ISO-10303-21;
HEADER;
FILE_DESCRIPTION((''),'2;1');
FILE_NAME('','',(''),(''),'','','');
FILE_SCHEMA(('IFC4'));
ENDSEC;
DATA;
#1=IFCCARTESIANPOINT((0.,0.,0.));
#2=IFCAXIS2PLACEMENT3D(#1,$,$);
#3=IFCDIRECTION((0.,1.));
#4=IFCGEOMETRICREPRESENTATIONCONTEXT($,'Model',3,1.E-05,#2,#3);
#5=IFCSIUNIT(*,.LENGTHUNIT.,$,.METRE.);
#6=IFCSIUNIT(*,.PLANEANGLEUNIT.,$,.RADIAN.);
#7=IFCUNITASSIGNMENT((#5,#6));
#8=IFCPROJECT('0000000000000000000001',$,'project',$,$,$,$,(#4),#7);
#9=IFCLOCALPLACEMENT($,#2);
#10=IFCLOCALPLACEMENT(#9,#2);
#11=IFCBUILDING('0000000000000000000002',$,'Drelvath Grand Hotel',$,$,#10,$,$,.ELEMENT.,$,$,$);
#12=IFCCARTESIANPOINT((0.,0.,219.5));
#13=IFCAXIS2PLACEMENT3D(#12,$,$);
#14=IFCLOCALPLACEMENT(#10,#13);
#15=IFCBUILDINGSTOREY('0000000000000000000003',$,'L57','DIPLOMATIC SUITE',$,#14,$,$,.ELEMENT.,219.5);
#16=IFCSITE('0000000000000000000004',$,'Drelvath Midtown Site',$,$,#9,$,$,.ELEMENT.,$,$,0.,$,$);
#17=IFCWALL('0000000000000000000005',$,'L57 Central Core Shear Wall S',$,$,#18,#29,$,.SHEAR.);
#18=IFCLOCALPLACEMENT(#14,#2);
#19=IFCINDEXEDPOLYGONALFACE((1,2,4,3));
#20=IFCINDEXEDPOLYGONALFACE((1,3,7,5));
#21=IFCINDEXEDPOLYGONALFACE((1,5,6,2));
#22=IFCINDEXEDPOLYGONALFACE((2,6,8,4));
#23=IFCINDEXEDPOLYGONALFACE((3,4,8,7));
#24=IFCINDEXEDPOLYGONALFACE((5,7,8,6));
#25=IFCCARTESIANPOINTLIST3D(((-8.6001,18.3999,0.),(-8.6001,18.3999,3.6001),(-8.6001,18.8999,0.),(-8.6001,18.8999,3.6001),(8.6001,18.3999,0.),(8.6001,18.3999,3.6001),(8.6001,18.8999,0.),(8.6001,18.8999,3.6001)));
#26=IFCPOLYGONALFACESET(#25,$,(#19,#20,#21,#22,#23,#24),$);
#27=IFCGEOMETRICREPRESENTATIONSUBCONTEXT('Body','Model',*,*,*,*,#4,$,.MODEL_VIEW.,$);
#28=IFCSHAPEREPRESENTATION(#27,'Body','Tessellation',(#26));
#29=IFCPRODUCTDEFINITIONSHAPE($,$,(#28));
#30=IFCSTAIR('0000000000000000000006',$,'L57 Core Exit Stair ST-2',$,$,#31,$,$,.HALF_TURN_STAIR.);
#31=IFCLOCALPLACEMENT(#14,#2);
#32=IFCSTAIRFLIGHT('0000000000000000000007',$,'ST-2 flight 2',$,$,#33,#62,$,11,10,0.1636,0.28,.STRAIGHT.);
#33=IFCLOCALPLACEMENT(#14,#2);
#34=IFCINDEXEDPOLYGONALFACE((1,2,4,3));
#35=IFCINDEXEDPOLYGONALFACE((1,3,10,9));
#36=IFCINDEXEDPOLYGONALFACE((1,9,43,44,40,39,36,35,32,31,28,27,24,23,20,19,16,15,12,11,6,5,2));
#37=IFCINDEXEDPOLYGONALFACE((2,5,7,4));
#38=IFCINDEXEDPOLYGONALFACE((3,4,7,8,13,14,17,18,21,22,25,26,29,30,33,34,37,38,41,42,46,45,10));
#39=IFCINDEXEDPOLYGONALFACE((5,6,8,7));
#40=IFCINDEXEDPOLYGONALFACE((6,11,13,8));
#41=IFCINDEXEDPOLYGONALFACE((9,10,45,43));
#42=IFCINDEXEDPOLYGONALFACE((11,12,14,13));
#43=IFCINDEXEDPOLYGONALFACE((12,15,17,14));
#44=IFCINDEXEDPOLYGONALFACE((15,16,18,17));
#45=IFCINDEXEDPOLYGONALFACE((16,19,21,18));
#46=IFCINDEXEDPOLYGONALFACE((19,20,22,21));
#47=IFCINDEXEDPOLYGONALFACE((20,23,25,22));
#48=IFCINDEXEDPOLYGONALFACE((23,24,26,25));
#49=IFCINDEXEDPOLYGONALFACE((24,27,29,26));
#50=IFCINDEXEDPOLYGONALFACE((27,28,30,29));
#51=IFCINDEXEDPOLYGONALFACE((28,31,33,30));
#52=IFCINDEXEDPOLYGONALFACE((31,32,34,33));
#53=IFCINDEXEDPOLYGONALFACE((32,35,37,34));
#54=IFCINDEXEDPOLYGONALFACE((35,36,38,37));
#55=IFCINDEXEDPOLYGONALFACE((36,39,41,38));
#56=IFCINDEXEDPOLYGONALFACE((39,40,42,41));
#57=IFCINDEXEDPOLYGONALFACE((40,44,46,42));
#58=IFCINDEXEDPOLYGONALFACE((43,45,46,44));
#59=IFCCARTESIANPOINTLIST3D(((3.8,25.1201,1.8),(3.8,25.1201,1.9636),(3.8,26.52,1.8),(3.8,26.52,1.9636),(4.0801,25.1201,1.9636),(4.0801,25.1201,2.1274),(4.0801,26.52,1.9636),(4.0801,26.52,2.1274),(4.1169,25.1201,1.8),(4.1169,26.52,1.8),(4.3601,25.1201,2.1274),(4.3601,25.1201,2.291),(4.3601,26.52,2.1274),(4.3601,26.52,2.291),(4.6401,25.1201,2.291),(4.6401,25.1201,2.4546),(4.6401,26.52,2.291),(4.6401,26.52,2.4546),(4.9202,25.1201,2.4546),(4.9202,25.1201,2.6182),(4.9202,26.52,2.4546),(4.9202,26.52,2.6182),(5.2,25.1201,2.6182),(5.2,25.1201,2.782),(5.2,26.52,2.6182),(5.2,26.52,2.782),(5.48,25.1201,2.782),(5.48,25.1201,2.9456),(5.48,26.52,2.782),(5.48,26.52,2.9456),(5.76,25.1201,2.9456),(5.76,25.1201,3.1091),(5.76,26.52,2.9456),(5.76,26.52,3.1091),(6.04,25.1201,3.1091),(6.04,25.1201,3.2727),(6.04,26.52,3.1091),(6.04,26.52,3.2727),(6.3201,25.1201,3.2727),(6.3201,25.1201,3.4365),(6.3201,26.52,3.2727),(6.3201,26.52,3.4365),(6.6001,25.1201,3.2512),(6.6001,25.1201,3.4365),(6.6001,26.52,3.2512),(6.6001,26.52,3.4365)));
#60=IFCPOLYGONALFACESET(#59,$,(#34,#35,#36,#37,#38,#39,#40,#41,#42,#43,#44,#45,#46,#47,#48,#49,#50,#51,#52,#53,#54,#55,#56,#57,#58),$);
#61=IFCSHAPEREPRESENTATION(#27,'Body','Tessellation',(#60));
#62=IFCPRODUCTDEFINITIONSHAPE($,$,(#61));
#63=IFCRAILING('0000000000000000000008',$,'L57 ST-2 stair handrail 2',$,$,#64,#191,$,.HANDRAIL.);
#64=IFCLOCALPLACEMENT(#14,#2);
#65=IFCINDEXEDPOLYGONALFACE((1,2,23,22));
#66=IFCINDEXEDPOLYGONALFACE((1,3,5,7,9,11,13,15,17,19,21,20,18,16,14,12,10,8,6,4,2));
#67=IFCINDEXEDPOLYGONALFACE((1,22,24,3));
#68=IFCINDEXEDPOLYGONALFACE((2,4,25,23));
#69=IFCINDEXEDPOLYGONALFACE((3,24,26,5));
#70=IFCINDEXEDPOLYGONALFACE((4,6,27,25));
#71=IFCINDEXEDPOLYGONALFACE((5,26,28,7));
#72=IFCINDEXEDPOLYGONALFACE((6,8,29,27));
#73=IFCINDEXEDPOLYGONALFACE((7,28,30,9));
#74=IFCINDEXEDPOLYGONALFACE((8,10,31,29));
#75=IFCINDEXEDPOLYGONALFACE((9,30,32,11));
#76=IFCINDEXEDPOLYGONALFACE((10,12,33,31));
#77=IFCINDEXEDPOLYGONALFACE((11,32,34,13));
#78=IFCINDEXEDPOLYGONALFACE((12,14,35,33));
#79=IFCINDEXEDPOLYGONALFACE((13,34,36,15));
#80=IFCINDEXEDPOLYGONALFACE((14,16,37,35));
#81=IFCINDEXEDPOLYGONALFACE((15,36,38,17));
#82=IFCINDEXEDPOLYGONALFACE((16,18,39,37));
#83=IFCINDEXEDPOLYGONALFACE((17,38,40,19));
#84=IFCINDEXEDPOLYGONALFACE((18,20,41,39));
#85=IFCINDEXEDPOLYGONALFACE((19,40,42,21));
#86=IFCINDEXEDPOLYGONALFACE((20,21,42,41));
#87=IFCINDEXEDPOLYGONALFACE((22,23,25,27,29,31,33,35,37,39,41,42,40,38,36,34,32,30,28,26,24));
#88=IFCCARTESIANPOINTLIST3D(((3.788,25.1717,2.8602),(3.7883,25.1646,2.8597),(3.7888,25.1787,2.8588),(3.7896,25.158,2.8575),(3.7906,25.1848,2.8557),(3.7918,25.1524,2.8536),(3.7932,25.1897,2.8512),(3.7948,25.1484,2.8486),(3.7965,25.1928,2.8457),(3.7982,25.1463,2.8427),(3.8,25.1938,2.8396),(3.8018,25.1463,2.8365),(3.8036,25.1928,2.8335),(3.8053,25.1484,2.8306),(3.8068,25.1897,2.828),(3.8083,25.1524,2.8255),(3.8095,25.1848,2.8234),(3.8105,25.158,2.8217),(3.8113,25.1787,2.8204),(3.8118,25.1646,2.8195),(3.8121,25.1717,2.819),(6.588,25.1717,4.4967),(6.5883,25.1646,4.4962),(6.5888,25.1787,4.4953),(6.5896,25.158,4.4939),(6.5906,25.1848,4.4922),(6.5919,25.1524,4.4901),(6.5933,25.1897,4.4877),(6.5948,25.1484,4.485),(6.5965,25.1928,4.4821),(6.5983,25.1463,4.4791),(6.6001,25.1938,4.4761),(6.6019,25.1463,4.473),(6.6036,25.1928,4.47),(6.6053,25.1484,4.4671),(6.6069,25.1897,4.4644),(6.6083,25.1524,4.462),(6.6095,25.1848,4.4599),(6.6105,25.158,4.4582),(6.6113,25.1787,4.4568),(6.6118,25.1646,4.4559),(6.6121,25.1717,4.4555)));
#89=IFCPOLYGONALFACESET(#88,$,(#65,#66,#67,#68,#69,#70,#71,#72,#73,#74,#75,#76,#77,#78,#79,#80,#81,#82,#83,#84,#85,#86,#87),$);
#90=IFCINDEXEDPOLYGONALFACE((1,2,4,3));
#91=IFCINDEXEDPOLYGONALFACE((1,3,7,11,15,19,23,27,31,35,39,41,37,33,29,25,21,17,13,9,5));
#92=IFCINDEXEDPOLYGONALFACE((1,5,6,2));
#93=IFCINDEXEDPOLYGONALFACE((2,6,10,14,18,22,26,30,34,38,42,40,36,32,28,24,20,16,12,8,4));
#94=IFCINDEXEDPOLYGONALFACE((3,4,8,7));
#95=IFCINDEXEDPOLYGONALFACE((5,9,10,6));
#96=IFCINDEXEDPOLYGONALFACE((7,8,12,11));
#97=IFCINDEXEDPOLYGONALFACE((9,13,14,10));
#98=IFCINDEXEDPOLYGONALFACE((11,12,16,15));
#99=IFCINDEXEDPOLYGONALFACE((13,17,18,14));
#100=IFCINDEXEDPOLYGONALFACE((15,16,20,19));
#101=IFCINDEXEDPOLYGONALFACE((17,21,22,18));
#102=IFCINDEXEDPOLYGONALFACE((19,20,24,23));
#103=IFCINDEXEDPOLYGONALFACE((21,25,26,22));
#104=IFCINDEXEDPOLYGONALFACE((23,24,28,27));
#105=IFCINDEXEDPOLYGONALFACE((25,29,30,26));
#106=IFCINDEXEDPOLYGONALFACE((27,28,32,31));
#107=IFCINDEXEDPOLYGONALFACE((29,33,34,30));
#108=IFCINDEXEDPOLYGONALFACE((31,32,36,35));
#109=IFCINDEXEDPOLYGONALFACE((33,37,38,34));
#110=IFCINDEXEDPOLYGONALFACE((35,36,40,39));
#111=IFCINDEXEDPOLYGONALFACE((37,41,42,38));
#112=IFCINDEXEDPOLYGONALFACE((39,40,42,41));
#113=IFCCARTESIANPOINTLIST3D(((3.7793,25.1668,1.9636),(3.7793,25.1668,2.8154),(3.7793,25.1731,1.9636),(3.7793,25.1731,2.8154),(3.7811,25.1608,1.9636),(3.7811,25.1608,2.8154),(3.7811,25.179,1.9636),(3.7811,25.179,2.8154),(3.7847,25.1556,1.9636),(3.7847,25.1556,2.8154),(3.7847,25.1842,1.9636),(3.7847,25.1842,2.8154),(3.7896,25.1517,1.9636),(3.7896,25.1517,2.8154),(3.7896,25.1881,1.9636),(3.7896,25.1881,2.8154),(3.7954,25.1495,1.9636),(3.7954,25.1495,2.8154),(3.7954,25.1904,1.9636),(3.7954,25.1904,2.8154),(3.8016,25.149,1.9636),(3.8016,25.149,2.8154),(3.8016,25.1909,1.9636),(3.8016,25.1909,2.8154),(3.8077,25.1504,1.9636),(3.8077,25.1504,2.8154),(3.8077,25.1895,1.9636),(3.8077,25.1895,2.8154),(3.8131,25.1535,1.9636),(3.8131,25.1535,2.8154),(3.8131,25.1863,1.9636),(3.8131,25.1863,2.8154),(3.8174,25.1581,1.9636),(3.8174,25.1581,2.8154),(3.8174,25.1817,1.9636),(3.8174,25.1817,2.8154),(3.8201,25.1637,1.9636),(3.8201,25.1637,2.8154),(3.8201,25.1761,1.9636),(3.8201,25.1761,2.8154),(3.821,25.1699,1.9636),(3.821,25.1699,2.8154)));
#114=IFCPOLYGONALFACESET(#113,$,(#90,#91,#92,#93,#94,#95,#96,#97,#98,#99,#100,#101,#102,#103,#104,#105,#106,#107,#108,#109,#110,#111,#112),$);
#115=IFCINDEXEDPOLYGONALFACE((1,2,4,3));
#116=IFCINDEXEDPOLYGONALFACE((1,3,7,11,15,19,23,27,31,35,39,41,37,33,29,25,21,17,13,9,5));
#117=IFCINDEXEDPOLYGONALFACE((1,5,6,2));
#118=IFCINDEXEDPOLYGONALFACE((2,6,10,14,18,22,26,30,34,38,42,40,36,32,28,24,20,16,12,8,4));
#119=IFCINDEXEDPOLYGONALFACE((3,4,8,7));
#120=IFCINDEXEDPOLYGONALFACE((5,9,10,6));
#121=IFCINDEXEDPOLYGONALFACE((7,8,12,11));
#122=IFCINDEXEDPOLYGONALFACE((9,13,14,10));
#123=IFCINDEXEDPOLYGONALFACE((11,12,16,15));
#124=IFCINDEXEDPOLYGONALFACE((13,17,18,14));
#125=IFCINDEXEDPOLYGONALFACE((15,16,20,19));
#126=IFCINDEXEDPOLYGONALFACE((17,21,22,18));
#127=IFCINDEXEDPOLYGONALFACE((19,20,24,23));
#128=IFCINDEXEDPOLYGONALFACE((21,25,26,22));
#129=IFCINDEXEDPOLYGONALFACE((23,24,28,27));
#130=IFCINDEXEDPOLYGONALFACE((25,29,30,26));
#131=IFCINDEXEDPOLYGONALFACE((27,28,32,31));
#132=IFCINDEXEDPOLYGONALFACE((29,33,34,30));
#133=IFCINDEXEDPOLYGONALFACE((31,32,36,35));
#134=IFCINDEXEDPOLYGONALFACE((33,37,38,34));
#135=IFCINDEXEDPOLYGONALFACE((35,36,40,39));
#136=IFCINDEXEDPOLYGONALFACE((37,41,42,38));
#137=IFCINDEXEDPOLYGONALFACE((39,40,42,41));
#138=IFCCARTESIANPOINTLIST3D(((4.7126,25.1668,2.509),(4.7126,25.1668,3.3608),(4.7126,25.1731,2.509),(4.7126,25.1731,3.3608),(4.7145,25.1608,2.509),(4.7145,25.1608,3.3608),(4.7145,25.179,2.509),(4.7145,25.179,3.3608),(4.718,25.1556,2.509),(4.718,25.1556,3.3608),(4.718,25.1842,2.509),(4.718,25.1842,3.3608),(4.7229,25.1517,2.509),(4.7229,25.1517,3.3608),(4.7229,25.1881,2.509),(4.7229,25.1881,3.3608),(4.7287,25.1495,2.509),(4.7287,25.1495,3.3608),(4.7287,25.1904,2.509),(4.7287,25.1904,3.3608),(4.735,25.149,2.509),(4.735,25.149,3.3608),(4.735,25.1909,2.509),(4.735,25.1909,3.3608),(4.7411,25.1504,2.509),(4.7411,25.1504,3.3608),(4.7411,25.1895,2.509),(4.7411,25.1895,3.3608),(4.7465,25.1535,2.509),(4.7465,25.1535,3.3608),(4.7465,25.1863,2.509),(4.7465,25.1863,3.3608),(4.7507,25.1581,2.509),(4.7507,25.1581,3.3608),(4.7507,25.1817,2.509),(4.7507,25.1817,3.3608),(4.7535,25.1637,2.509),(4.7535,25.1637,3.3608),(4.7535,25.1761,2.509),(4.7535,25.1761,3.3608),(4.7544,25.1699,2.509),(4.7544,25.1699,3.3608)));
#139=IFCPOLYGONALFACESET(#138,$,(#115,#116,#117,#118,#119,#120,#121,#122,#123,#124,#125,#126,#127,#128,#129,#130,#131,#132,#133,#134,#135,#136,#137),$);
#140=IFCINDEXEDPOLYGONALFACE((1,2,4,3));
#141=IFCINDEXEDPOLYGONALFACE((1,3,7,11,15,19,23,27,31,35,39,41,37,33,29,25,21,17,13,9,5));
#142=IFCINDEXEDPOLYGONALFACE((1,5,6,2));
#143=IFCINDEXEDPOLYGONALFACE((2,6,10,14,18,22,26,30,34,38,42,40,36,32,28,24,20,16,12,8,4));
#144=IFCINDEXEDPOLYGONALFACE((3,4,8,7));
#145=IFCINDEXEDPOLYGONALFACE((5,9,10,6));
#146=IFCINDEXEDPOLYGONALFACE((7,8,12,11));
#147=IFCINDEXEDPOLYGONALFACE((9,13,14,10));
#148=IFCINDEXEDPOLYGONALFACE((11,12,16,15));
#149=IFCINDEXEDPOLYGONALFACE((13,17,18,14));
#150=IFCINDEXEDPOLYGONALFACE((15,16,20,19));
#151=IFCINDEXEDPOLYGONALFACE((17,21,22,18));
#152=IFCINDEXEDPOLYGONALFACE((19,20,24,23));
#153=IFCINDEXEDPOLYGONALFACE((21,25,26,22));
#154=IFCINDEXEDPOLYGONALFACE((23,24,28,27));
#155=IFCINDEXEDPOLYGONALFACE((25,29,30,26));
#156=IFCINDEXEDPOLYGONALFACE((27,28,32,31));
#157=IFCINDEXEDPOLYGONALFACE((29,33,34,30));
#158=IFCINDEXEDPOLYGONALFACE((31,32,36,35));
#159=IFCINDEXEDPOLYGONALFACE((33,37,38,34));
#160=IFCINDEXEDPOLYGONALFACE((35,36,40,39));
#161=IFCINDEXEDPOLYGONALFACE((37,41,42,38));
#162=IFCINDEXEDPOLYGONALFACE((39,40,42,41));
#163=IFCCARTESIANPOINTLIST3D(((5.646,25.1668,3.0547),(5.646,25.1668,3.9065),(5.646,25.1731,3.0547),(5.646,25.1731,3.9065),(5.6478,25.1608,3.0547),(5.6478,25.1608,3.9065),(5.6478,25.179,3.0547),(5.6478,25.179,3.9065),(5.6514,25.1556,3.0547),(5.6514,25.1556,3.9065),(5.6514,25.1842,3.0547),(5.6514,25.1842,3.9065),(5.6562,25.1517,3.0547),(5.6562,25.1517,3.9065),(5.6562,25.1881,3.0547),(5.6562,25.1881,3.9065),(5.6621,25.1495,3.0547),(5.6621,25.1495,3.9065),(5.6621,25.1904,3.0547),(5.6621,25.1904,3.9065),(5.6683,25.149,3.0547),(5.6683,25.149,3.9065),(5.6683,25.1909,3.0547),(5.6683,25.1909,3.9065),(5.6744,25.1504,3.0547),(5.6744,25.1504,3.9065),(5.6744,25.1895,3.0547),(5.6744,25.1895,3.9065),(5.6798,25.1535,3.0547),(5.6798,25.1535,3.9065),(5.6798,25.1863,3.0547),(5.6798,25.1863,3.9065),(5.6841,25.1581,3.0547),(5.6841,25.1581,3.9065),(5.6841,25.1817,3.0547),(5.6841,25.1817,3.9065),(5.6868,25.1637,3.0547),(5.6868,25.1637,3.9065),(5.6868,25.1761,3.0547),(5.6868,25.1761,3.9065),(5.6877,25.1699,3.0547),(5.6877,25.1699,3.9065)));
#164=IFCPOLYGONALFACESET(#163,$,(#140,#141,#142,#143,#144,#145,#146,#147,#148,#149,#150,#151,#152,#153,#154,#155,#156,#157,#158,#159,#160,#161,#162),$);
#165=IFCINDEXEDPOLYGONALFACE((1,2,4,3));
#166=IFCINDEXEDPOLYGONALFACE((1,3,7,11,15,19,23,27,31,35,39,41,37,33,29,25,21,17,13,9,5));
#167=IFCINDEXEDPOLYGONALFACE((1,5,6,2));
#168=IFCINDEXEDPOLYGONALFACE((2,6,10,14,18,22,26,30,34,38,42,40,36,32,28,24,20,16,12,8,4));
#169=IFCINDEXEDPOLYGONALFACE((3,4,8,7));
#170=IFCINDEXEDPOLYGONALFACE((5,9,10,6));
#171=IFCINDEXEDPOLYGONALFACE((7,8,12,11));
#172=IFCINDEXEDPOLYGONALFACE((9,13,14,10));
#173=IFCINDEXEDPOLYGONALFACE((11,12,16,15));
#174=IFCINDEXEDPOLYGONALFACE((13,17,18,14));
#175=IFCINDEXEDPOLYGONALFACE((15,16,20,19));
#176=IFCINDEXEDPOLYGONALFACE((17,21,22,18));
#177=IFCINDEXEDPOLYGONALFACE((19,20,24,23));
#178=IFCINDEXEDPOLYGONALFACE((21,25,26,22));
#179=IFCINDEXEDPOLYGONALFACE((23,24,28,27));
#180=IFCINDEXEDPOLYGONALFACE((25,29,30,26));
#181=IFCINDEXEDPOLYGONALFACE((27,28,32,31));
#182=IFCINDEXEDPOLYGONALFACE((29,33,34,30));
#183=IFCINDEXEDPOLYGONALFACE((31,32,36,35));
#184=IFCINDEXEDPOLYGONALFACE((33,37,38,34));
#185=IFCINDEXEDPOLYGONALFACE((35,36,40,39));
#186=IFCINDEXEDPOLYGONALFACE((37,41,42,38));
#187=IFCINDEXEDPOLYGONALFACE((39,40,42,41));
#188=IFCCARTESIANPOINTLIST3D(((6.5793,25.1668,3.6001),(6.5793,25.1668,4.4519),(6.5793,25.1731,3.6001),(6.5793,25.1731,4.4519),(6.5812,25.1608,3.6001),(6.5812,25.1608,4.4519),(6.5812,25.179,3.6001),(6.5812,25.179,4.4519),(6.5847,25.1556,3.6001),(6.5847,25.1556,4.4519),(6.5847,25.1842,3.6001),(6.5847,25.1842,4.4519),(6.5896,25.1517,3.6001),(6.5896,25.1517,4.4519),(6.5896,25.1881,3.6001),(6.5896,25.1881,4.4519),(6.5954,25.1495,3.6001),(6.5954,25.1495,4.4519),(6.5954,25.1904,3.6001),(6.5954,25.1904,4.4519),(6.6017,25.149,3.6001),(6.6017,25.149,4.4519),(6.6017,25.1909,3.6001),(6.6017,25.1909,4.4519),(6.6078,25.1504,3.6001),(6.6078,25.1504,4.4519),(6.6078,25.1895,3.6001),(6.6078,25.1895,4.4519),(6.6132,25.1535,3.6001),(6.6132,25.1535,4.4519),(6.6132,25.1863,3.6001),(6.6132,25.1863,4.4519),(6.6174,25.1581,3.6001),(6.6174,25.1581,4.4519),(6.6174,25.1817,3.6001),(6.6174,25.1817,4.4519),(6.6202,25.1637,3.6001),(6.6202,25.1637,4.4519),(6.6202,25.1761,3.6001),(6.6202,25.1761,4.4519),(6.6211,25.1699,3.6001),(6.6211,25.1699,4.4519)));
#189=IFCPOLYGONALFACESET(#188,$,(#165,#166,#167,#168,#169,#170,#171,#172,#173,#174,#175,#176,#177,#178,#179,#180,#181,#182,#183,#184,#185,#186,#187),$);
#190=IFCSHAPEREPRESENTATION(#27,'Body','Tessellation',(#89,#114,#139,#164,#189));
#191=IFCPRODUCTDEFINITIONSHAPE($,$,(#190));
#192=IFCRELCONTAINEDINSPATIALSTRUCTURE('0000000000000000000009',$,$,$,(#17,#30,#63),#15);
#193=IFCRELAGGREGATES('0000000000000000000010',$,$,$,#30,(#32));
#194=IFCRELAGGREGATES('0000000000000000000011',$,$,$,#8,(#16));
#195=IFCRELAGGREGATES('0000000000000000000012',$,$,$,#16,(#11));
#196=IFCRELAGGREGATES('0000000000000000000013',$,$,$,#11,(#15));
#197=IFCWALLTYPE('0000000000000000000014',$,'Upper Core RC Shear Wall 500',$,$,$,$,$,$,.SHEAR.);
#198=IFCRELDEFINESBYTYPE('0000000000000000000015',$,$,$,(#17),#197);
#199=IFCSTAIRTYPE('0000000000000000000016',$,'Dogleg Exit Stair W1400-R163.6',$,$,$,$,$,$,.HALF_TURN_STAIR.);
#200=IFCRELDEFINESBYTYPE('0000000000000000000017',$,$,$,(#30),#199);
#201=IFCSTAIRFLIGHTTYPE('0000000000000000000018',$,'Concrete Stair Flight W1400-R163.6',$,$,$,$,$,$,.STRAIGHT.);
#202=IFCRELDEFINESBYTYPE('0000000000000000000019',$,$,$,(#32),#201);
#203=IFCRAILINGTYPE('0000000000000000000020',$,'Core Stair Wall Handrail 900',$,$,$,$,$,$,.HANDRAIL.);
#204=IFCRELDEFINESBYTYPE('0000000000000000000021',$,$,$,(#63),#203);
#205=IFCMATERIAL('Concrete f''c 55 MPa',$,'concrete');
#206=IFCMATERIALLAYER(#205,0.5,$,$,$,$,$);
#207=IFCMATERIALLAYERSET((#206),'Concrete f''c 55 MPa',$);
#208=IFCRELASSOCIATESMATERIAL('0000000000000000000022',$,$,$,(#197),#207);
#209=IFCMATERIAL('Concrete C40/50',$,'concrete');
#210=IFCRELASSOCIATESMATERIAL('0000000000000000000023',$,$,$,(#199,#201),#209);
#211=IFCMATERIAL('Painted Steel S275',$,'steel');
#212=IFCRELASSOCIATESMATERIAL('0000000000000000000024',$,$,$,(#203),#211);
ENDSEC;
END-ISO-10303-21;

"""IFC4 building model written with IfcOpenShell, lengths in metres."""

from ifc_helpers import new_model, si_unit, direction, frame, frame_2d, origin, origin_2d, place, context, subcontext, project, spatial, polyline, rectangle, circle, outline, extrude, material, layer, layer_set, type_object, element, aggregate, save


model = new_model("IFC4")

# Units and contexts
model_context = context("Model", 3, precision=1e-05, world=origin(), true_north=direction((0.0, 1.0)))
body_context = subcontext(model_context, "Body", "Model", "MODEL_VIEW")
ifc_project = project(units=[si_unit("LENGTHUNIT", "METRE"), si_unit("PLANEANGLEUNIT", "RADIAN")], contexts=[model_context])

# Site, building, storey
site_placement = place(None, origin())
site = spatial("IfcSite", under=ifc_project, at=site_placement, Name="Drelvath Midtown Site", CompositionType="ELEMENT", RefElevation=0.0)
building_placement = place(site_placement, origin())
building = spatial("IfcBuilding", under=site, at=building_placement, Name="Drelvath Grand Hotel", CompositionType="ELEMENT")
storey_placement = place(building_placement, frame((0.0, 0.0, 219.5)))
storey = spatial("IfcBuildingStorey", under=building, at=storey_placement, Name="L57", Description="DIPLOMATIC SUITE", CompositionType="ELEMENT", Elevation=219.5)

# Shared definitions
ifc_material_1 = material(Name="Concrete f'c 55 MPa", Category="concrete")

# Shared definitions
ifc_material_2 = material(Name="Concrete C40/50", Category="concrete")

# Wall
ifc_layer_1 = layer(ifc_material_1, 0.5)
ifc_layer_set_1 = layer_set([ifc_layer_1], Name="Concrete f'c 55 MPa")
wall_type_1 = type_object("IfcWallType", Name="Upper Core RC Shear Wall 500", PredefinedType="SHEAR", material=ifc_layer_set_1)
wall_1_placement = place(storey_placement, frame((8.6001, 18.6499, 0.0), z_axis=(0.0, 0.0, 1.0), x_axis=(-1.0, 0.0, 0.0)))
element("IfcWall", 1, at=wall_1_placement, inside=storey, type_object=wall_type_1, Name="L57 Central Core Shear Wall S", PredefinedType="SHEAR", context=body_context, shape_type="SweptSolid", body=[
    extrude(rectangle(XDim=17.2002, YDim=0.5, at=frame_2d((8.6001, 0.0))), origin(), (0.0, 0.0, 1.0), 3.6001),
])

# Stair, stair flight
stair_type = type_object("IfcStairType", Name="Dogleg Exit Stair W1400-R163.6", PredefinedType="HALF_TURN_STAIR", material=ifc_material_2)
stair_placement = place(storey_placement, origin())
stair = element("IfcStair", 2, at=stair_placement, inside=storey, type_object=stair_type, Name="L57 Core Exit Stair ST-2", PredefinedType="HALF_TURN_STAIR")
stair_flight_type = type_object("IfcStairFlightType", Name="Concrete Stair Flight W1400-R163.6", PredefinedType="STRAIGHT", material=ifc_material_2)
stair_flight_placement = place(storey_placement, frame((3.8, 25.8201, 1.8), z_axis=(0.0, 0.0, 1.0), x_axis=(1.0, 0.0, 0.0)))
stair_flight = element("IfcStairFlight", 3, at=stair_flight_placement, type_object=stair_flight_type, Name="ST-2 flight 2", NumberOfRisers=11, NumberOfTreads=10, PredefinedType="STRAIGHT", RiserHeight=0.1636, TreadLength=0.28, context=body_context, shape_type="SweptSolid", body=[
    extrude(outline(polyline([(0.0, 0.0), (0.0, 0.1636), (0.28, 0.1636), (0.28, 0.3274), (0.5601, 0.3274), (0.5601, 0.491), (0.8401, 0.491), (0.8401, 0.6545), (1.1201, 0.6545), (1.1201, 0.8181), (1.3999, 0.8181), (1.3999, 0.9819), (1.6799, 0.9819), (1.6799, 1.1455), (1.96, 1.1455), (1.96, 1.3091), (2.24, 1.3091), (2.24, 1.4727), (2.52, 1.4727), (2.52, 1.6365), (2.8, 1.6365), (2.8, 1.8), (2.8, 1.4512), (0.3169, 0.0), (0.0, 0.0)])), frame((0.0, 0.7, 0.0), z_axis=(0.0, -1.0, 0.0), x_axis=(1.0, 0.0, 0.0)), (0.0, 0.0, 1.0), 1.3999),
])
aggregate(stair, [stair_flight])

# Railing
ifc_material_3 = material(Name="Painted Steel S275", Category="steel")
railing_type_1 = type_object("IfcRailingType", Name="Core Stair Wall Handrail 900", PredefinedType="HANDRAIL", material=ifc_material_3)
railing_1_placement = place(storey_placement, frame((3.8, 25.1699, 1.9636)))
element("IfcRailing", 4, at=railing_1_placement, inside=storey, type_object=railing_type_1, Name="L57 ST-2 stair handrail 2", PredefinedType="HANDRAIL", context=body_context, shape_type="SweptSolid", body=[
    extrude(circle(Radius=0.0239, at=origin_2d()), frame((0.0, 0.0, 0.876), z_axis=(0.863361, 0.0, 0.504587), x_axis=(0.0, 1.0, 0.0)), (0.0, 0.0, 1.0), 3.2432),
    extrude(circle(Radius=0.021, at=origin_2d()), origin(), (0.0, 0.0, 1.0), 0.8518),
    extrude(circle(Radius=0.021, at=origin_2d()), frame((0.9333, 0.0, 0.5454)), (0.0, 0.0, 1.0), 0.8518),
    extrude(circle(Radius=0.021, at=origin_2d()), frame((1.8667, 0.0, 1.0911)), (0.0, 0.0, 1.0), 0.8518),
    extrude(circle(Radius=0.021, at=origin_2d()), frame((2.8, 0.0, 1.6365)), (0.0, 0.0, 1.0), 0.8518),
])

save(model, "model.ifc")
